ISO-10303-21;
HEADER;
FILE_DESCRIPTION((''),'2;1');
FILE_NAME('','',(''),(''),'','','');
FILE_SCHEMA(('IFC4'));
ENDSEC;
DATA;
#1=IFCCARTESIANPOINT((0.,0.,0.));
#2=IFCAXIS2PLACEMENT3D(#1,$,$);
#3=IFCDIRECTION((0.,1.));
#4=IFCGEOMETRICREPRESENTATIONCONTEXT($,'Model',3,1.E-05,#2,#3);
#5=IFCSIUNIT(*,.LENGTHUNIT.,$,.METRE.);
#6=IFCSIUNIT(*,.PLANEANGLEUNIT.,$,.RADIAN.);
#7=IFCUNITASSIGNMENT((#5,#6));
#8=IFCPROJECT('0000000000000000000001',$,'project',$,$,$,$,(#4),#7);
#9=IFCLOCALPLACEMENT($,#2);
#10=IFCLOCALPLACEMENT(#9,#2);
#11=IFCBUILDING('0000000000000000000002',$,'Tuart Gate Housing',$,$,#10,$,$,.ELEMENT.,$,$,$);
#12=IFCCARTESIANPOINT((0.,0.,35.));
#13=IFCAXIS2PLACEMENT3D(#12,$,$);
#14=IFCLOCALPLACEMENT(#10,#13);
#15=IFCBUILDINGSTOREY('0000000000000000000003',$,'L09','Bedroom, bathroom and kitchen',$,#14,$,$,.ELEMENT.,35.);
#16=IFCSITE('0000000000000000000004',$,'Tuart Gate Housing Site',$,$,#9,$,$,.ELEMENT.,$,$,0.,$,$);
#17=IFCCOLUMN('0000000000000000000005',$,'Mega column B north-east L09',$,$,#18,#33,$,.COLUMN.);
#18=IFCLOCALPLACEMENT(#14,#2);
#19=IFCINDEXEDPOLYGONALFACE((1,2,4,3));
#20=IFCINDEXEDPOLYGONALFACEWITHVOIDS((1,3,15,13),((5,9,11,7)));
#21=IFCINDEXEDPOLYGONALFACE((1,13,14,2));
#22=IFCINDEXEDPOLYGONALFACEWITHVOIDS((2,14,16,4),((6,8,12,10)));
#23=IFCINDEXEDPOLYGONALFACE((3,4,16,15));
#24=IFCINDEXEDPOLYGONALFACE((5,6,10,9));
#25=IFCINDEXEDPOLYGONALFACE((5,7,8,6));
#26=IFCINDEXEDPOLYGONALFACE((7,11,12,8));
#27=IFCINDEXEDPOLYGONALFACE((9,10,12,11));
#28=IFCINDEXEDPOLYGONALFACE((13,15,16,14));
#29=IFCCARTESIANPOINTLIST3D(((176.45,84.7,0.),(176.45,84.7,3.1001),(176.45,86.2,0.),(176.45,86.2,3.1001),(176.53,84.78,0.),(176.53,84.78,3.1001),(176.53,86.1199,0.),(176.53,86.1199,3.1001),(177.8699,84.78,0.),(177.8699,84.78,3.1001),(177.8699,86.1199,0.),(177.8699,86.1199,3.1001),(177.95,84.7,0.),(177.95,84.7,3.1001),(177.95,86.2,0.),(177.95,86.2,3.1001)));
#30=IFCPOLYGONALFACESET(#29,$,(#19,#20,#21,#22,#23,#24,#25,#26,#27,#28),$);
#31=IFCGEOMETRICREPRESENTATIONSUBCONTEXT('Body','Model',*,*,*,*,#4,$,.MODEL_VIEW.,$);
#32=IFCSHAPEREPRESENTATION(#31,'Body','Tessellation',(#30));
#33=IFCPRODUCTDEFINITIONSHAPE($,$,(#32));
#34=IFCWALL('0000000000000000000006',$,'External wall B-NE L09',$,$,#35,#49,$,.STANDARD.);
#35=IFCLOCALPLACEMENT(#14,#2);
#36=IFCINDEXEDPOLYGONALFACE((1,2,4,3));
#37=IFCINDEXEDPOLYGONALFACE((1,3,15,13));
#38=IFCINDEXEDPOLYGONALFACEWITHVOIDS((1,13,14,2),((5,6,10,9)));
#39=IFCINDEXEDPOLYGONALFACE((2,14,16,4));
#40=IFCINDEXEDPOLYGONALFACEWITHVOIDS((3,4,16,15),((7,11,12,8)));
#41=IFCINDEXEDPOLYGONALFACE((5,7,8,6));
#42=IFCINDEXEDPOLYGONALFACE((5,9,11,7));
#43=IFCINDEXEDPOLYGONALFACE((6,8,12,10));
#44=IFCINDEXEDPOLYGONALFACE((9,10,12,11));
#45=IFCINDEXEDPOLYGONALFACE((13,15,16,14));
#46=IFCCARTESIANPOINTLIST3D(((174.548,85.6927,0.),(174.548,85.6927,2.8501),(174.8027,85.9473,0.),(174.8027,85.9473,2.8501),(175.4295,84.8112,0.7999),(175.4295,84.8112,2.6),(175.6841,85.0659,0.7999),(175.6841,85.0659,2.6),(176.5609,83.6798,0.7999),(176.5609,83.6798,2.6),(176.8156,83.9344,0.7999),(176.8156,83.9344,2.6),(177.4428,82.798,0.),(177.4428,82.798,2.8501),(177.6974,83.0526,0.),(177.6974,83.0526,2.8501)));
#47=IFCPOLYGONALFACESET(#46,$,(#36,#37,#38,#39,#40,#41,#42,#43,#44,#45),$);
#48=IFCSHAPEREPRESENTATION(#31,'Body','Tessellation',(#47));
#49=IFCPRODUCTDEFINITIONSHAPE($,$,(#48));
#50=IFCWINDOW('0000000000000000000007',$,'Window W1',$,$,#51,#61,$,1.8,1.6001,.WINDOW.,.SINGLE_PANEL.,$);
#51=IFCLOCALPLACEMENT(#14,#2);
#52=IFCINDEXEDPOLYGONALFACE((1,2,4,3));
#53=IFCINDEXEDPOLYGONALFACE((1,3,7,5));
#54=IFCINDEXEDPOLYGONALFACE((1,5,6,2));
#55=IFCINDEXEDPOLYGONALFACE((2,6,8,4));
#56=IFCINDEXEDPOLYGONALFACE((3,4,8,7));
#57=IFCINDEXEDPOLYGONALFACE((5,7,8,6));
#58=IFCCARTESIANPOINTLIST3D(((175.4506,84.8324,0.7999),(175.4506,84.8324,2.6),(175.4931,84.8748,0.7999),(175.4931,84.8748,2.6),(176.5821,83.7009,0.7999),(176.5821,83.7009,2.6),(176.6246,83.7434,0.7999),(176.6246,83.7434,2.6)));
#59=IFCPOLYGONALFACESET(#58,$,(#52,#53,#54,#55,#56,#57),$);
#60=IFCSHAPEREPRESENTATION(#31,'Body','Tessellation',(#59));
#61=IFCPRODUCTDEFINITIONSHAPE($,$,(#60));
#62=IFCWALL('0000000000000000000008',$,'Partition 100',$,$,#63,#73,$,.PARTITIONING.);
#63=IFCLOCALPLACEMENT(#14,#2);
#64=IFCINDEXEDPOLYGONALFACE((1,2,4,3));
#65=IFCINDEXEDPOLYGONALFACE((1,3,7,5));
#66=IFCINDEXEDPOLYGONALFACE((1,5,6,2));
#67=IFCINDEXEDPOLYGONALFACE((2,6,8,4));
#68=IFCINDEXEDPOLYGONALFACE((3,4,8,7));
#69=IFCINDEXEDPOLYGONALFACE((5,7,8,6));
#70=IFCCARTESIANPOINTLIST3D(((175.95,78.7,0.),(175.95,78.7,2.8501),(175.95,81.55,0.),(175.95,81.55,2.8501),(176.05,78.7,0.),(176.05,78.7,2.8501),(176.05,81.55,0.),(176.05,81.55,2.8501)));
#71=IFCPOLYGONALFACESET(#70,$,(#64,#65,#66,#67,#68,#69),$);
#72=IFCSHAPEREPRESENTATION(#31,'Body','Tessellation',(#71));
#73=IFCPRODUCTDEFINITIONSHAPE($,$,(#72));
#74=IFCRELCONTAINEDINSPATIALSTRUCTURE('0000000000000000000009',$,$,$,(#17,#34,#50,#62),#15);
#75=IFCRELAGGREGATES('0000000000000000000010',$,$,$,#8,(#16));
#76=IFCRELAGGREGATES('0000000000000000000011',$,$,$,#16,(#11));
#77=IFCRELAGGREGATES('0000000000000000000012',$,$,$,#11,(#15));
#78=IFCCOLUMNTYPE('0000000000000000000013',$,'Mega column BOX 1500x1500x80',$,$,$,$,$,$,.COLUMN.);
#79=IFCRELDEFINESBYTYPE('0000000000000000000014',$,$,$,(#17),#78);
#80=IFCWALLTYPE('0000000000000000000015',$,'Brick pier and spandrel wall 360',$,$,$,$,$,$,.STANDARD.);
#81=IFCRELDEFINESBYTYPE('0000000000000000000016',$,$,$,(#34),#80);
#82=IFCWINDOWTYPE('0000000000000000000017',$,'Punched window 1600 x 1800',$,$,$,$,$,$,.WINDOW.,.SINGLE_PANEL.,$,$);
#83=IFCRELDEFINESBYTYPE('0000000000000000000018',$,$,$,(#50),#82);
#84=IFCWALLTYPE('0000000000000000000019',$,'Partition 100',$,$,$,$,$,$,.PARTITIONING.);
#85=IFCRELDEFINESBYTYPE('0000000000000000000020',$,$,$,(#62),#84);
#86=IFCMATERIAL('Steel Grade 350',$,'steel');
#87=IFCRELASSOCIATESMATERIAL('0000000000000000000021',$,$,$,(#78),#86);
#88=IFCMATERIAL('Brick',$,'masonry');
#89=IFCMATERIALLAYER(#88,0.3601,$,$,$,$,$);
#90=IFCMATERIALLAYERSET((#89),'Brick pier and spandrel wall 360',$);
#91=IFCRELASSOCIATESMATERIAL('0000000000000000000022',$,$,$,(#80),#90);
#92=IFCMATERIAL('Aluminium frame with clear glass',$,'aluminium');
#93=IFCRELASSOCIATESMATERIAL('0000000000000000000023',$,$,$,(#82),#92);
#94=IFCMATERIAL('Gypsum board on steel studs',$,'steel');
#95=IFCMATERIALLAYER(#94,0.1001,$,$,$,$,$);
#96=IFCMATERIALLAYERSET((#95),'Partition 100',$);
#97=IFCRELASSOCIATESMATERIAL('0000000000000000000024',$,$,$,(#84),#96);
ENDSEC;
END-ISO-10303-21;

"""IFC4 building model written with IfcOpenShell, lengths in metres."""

from ifc_helpers import new_model, si_unit, direction, frame, frame_2d, origin, origin_2d, place, context, subcontext, project, spatial, rectangle, hollow_rectangle, extrude, material, layer, layer_set, material_profile, profile_set, type_object, element, fill, save


model = new_model("IFC4")

# Units and contexts
model_context = context("Model", 3, precision=1e-05, world=origin(), true_north=direction((0.0, 1.0)))
body_context = subcontext(model_context, "Body", "Model", "MODEL_VIEW")
ifc_project = project(units=[si_unit("LENGTHUNIT", "METRE"), si_unit("PLANEANGLEUNIT", "RADIAN")], contexts=[model_context])

# Site, building, storey
site_placement = place(None, origin())
site = spatial("IfcSite", under=ifc_project, at=site_placement, Name="Tuart Gate Housing Site", CompositionType="ELEMENT", RefElevation=0.0)
building_placement = place(site_placement, origin())
building = spatial("IfcBuilding", under=site, at=building_placement, Name="Tuart Gate Housing", CompositionType="ELEMENT")
storey_placement = place(building_placement, frame((0.0, 0.0, 35.0)))
storey = spatial("IfcBuildingStorey", under=building, at=storey_placement, Name="L09", Description="Bedroom, bathroom and kitchen", CompositionType="ELEMENT", Elevation=35.0)

# Column
ifc_material_1 = material(Name="Steel Grade 350", Category="steel")
ifc_material_profile = material_profile(ifc_material_1, hollow_rectangle(XDim=1.5, YDim=1.5, WallThickness=0.0801, at=origin_2d()), Name="BOX 1500x1500x80")
ifc_profile_set = profile_set([ifc_material_profile], Name="Steel Grade 350")
column_type = type_object("IfcColumnType", Name="Mega column BOX 1500x1500x80", PredefinedType="COLUMN", material=ifc_profile_set)
column_placement = place(storey_placement, frame((177.2, 85.45, 0.0), z_axis=(0.0, 0.0, 1.0), x_axis=(1.0, 0.0, 0.0)))
element("IfcColumn", 1, at=column_placement, inside=storey, type_object=column_type, Name="Mega column B north-east L09", PredefinedType="COLUMN", context=body_context, shape_type="SweptSolid", body=[
    extrude(hollow_rectangle(XDim=1.5, YDim=1.5, WallThickness=0.0801, at=origin_2d()), origin(), (0.0, 0.0, 1.0), 3.1001),
])

# Wall, opening, window
ifc_material_2 = material(Name="Brick", Category="masonry")
ifc_layer_1 = layer(ifc_material_2, 0.3601)
ifc_layer_set_1 = layer_set([ifc_layer_1], Name="Brick pier and spandrel wall 360")
wall_type_1 = type_object("IfcWallType", Name="Brick pier and spandrel wall 360", PredefinedType="STANDARD", material=ifc_layer_set_1)
wall_1_placement = place(storey_placement, frame((177.5701, 82.9253, 0.0), z_axis=(0.0, 0.0, 1.0), x_axis=(-0.707107, 0.707107, 0.0)))
wall_1 = element("IfcWall", 2, at=wall_1_placement, inside=storey, type_object=wall_type_1, Name="External wall B-NE L09", PredefinedType="STANDARD", context=body_context, shape_type="SweptSolid", body=[
    extrude(rectangle(XDim=4.0938, YDim=0.3601, at=frame_2d((2.0469, 0.0))), origin(), (0.0, 0.0, 1.0), 2.8501),
])
opening_1_placement = place(wall_1_placement, frame((1.2471, 0.0, 0.8)))
opening_1 = element("IfcOpeningElement", 3, at=opening_1_placement, cuts=wall_1, PredefinedType="OPENING", context=body_context, shape_type="SweptSolid", body=[
    extrude(rectangle(XDim=1.6001, YDim=1.8, at=frame_2d((0.8, 0.8999))), frame((0.0, 0.1899, 0.0), z_axis=(0.0, -1.0, 0.0), x_axis=(1.0, 0.0, 0.0)), (0.0, 0.0, 1.0), 0.3801),
])
ifc_material_3 = material(Name="Aluminium frame with clear glass", Category="aluminium")
window_type_1 = type_object("IfcWindowType", Name="Punched window 1600 x 1800", PartitioningType="SINGLE_PANEL", PredefinedType="WINDOW", material=ifc_material_3)
window_1_placement = place(opening_1_placement, origin())
window_1 = element("IfcWindow", 4, at=window_1_placement, inside=storey, type_object=window_type_1, Name="Window W1", OverallHeight=1.8, OverallWidth=1.6001, PartitioningType="SINGLE_PANEL", PredefinedType="WINDOW", context=body_context, shape_type="SweptSolid", body=[
    extrude(rectangle(XDim=1.6001, YDim=1.8, at=frame_2d((0.8, 0.8999))), frame((0.0, 0.1501, 0.0), z_axis=(0.0, -1.0, 0.0), x_axis=(1.0, 0.0, 0.0)), (0.0, 0.0, 1.0), 0.0601),
])
fill(opening_1, window_1)

# Wall
ifc_material_4 = material(Name="Gypsum board on steel studs", Category="steel")
ifc_layer_2 = layer(ifc_material_4, 0.1001)
ifc_layer_set_2 = layer_set([ifc_layer_2], Name="Partition 100")
wall_type_2 = type_object("IfcWallType", Name="Partition 100", PredefinedType="PARTITIONING", material=ifc_layer_set_2)
wall_2_placement = place(storey_placement, frame((176.0, 78.7, 0.0), z_axis=(0.0, 0.0, 1.0), x_axis=(0.0, 1.0, 0.0)))
element("IfcWall", 5, at=wall_2_placement, inside=storey, type_object=wall_type_2, Name="Partition 100", PredefinedType="PARTITIONING", context=body_context, shape_type="SweptSolid", body=[
    extrude(rectangle(XDim=2.8501, YDim=0.1001, at=frame_2d((1.425, 0.0))), origin(), (0.0, 0.0, 1.0), 2.8501),
])

save(model, "model.ifc")
